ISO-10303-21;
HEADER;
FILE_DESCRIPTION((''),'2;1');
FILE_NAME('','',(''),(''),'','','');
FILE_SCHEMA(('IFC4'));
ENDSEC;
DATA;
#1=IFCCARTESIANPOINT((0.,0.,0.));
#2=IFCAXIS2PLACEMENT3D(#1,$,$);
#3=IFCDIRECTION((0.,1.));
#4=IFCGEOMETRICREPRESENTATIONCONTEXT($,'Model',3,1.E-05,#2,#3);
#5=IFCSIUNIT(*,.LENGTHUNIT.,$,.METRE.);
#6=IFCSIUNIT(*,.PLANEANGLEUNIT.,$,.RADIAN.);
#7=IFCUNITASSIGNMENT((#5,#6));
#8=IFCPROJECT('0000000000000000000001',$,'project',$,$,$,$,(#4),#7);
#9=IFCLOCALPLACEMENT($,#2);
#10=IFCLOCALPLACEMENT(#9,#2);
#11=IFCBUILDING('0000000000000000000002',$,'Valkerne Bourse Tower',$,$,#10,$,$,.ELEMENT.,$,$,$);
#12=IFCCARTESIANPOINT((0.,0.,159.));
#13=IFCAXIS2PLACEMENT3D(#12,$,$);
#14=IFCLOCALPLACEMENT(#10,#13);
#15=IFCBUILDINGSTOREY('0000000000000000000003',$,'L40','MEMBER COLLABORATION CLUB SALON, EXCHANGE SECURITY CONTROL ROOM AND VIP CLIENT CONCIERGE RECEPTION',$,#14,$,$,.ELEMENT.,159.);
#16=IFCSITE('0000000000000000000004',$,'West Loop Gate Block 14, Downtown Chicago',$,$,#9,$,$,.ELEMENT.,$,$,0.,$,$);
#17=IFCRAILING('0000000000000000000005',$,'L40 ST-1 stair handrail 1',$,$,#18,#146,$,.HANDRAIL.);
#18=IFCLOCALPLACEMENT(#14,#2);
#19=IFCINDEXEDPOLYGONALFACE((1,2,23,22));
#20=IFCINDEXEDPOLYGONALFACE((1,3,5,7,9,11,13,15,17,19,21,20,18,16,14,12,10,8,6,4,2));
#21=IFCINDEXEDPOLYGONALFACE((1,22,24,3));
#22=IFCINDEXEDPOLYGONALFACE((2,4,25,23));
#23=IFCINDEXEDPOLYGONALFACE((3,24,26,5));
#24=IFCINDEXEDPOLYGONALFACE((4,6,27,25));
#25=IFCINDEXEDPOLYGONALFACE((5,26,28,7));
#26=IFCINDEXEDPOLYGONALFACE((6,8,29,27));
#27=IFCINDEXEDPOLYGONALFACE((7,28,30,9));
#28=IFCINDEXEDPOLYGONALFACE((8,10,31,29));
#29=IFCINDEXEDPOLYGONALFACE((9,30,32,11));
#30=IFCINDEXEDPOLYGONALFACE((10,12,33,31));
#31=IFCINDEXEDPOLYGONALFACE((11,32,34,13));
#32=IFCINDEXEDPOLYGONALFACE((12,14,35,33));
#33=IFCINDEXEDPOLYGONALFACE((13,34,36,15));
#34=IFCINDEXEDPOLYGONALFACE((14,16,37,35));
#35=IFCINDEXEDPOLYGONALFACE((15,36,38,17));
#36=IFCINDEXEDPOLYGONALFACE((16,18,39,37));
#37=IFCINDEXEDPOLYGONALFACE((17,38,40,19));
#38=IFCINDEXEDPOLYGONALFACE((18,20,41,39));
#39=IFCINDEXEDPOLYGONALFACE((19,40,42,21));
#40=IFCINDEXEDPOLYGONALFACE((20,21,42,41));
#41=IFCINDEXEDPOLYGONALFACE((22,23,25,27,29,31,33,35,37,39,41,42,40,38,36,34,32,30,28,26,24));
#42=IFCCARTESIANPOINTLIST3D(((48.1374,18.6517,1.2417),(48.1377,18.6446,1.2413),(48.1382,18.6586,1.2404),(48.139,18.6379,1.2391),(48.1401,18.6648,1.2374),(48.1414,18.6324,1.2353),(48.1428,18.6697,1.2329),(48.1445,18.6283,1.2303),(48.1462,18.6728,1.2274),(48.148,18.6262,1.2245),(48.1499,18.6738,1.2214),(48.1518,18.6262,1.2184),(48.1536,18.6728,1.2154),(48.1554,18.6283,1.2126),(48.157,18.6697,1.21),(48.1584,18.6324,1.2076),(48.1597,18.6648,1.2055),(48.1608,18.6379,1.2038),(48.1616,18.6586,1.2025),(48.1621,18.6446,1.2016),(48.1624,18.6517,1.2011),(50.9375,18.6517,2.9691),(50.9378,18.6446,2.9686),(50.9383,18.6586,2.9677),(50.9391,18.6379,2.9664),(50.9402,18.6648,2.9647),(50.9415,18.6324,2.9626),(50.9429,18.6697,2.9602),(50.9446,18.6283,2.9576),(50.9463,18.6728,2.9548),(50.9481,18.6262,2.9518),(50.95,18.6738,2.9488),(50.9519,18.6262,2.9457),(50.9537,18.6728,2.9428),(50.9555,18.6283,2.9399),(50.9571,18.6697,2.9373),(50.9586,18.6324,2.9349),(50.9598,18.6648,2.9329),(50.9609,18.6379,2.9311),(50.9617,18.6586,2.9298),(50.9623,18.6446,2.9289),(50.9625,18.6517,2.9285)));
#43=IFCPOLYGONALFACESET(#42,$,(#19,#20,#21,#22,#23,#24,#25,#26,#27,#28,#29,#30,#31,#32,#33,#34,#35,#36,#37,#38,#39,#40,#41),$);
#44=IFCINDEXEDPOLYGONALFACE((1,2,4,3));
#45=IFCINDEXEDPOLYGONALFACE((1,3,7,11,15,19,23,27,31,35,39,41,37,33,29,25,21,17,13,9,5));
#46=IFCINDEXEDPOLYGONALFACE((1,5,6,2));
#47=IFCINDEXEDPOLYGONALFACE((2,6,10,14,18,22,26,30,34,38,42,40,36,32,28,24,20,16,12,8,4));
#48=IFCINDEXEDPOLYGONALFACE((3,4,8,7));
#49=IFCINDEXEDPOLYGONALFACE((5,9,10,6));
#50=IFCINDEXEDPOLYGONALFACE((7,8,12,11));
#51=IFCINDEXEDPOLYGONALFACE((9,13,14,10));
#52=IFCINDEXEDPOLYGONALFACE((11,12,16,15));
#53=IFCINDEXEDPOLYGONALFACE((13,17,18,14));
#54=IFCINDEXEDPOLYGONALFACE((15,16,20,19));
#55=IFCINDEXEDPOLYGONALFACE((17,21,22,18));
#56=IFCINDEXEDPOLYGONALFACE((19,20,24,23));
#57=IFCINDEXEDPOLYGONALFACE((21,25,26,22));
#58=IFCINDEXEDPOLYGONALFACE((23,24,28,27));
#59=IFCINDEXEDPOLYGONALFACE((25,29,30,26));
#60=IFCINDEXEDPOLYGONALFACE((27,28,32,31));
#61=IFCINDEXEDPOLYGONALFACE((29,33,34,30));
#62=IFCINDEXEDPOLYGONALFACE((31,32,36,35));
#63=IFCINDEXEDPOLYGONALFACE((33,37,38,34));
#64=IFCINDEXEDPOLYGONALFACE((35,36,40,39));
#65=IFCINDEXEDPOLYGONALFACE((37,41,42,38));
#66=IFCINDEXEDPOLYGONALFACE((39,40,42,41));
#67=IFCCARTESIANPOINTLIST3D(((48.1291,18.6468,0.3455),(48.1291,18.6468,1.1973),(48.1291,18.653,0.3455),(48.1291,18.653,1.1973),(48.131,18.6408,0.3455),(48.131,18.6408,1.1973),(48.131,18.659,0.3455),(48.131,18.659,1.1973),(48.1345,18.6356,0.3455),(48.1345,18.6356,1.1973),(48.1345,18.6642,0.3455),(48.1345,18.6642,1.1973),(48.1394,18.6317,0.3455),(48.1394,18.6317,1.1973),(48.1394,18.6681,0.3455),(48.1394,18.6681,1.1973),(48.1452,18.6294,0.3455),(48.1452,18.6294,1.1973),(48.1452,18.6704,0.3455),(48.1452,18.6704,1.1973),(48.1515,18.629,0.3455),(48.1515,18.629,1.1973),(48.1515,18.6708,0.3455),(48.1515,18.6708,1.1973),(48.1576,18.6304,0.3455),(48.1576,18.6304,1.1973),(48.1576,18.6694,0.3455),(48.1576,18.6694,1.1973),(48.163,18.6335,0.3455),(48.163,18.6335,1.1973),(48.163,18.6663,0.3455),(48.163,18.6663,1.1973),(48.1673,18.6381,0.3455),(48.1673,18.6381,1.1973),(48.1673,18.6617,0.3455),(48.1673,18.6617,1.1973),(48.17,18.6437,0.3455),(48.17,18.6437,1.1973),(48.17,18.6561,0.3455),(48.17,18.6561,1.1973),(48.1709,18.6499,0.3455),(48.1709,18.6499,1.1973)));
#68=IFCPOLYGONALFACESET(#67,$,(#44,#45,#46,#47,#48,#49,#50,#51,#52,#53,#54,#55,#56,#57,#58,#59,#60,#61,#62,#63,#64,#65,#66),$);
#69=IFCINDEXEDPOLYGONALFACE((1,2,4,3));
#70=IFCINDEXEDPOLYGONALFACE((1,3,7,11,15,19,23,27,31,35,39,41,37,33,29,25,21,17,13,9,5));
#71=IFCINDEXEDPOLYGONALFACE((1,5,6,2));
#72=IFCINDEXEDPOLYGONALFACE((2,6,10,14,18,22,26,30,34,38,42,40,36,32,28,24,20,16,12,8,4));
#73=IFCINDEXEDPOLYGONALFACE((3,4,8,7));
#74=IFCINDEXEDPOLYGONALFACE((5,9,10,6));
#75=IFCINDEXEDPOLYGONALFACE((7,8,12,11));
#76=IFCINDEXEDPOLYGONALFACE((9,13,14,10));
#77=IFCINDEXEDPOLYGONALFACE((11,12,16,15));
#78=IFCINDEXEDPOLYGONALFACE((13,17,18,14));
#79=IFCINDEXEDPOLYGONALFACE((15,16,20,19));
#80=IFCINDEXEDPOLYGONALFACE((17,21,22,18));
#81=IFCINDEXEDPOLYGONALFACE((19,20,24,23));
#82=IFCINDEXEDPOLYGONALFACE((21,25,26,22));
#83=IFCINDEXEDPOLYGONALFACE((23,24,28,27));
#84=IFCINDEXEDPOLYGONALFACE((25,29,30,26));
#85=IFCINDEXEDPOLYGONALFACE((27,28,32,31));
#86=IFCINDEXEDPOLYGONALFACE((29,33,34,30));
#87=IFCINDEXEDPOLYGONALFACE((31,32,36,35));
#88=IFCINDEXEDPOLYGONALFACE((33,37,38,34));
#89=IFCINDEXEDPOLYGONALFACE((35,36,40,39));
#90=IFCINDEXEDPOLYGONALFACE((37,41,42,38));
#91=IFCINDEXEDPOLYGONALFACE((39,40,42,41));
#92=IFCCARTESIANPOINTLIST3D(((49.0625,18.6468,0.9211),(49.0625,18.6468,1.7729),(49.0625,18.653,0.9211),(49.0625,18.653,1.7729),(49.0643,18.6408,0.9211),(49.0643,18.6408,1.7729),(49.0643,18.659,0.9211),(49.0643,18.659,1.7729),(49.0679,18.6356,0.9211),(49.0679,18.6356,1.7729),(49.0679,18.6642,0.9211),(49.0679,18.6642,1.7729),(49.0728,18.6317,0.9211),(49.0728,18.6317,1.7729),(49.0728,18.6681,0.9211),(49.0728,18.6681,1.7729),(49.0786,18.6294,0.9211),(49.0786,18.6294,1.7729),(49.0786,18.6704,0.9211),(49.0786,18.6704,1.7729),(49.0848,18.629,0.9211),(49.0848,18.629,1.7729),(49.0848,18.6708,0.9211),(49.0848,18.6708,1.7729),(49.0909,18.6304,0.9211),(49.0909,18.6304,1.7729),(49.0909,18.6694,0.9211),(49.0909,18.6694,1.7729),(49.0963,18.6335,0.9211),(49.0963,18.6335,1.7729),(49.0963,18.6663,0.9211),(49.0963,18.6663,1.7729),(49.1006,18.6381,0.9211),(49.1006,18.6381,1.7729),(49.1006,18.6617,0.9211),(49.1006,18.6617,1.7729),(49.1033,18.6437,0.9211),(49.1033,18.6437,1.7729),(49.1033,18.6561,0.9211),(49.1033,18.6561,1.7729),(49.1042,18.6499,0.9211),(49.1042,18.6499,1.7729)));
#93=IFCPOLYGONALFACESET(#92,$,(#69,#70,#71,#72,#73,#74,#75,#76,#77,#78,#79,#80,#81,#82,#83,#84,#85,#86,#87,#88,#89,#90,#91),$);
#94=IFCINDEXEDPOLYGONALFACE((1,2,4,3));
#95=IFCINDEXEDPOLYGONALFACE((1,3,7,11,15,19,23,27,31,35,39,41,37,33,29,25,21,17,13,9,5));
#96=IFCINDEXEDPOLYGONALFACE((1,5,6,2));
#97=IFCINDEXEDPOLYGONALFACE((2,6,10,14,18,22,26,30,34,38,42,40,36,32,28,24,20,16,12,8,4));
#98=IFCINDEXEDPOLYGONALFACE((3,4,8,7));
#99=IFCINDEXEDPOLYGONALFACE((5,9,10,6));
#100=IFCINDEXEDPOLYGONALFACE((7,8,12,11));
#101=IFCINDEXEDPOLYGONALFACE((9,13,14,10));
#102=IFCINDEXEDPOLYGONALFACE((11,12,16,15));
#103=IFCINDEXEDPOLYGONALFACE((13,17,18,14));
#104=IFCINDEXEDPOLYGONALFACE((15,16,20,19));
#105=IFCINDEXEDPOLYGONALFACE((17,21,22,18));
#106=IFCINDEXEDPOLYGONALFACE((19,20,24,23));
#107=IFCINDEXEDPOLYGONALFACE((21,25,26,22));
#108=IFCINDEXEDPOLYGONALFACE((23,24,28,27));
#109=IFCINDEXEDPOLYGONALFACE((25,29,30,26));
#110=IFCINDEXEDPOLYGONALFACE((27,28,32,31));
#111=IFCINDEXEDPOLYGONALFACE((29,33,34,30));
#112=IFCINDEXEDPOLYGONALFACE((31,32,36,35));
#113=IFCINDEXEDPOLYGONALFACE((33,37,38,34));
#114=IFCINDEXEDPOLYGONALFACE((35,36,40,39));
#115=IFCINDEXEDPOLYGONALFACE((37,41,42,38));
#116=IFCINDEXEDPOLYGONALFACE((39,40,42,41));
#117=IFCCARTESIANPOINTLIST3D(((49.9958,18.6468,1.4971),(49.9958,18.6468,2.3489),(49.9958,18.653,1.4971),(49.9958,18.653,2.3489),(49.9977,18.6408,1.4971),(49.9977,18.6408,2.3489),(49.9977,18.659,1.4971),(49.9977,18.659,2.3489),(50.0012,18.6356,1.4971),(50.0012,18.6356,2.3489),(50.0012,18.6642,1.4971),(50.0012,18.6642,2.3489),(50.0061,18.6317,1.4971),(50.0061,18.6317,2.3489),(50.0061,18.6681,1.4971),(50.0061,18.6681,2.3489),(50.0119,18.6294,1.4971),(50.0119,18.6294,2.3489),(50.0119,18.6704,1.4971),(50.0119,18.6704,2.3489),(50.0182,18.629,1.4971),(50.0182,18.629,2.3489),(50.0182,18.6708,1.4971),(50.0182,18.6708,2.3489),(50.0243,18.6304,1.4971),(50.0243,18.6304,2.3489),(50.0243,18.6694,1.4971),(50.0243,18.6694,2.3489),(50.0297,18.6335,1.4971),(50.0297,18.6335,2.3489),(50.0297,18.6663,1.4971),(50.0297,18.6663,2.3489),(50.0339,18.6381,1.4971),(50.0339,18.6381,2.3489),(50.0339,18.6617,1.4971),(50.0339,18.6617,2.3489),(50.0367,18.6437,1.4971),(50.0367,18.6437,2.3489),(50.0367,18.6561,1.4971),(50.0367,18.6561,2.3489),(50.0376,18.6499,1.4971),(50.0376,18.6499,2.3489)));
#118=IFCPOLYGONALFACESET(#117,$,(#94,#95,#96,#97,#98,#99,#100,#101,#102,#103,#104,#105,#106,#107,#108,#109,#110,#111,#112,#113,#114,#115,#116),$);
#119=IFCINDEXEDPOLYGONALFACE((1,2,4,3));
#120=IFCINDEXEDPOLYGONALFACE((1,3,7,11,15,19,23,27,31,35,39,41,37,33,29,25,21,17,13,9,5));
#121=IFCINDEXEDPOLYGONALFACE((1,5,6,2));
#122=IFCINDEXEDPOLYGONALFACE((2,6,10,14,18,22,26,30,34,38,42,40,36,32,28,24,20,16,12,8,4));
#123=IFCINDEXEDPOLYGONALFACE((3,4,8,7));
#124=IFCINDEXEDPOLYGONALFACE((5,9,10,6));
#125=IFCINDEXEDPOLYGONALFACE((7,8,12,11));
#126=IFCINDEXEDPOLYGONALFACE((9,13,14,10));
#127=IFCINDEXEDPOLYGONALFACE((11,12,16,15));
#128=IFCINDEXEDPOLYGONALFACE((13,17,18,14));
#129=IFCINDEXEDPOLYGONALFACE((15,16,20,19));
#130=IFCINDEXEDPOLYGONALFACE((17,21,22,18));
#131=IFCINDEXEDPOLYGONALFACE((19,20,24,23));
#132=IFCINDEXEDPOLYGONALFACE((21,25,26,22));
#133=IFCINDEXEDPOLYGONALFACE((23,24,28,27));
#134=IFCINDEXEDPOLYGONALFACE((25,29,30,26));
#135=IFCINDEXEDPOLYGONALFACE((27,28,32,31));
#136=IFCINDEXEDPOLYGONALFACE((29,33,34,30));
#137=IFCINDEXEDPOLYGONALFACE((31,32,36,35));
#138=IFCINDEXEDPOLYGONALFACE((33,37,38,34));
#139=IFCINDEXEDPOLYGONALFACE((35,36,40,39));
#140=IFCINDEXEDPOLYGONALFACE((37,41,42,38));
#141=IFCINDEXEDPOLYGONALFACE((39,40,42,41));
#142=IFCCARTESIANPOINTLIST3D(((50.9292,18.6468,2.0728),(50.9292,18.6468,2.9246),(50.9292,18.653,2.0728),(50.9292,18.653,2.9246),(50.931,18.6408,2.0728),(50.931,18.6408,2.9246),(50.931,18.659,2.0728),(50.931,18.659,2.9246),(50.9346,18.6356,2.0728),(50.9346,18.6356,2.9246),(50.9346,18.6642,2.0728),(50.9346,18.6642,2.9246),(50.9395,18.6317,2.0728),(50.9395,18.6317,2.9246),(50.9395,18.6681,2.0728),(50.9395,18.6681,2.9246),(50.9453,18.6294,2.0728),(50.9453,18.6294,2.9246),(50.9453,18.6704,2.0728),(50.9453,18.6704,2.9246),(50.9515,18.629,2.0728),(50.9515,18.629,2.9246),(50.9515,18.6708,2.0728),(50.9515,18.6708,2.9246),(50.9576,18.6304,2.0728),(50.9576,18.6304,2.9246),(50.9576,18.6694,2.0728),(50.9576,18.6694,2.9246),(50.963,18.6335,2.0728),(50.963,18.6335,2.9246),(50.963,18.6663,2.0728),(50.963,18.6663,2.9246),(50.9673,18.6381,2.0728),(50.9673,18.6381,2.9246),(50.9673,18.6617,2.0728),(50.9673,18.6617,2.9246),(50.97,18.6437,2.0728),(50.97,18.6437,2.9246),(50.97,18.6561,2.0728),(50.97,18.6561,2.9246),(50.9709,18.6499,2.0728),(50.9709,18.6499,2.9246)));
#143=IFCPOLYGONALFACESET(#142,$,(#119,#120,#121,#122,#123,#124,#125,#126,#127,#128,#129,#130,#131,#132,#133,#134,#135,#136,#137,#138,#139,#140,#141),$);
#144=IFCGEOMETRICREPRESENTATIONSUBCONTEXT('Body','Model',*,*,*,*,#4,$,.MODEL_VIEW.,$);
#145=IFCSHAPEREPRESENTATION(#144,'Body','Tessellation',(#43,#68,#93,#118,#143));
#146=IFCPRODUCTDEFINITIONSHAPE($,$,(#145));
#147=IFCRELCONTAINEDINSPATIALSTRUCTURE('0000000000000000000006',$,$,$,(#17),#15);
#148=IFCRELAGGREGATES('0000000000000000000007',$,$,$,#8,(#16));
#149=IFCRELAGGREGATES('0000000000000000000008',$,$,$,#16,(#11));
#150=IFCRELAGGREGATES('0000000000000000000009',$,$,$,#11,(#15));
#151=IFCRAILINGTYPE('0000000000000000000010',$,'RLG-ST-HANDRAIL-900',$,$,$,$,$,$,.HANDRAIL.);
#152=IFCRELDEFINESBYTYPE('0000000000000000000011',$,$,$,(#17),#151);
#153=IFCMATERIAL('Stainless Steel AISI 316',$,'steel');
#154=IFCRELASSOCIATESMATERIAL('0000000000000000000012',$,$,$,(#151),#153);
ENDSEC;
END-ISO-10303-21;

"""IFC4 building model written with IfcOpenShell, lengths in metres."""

from ifc_helpers import new_model, si_unit, direction, frame, origin, origin_2d, place, context, subcontext, project, spatial, circle, extrude, material, type_object, element, save


model = new_model("IFC4")

# Units and contexts
model_context = context("Model", 3, precision=1e-05, world=origin(), true_north=direction((0.0, 1.0)))
body_context = subcontext(model_context, "Body", "Model", "MODEL_VIEW")
ifc_project = project(units=[si_unit("LENGTHUNIT", "METRE"), si_unit("PLANEANGLEUNIT", "RADIAN")], contexts=[model_context])

# Site, building, storey
site_placement = place(None, origin())
site = spatial("IfcSite", under=ifc_project, at=site_placement, Name="West Loop Gate Block 14, Downtown Chicago", CompositionType="ELEMENT", RefElevation=0.0)
building_placement = place(site_placement, origin())
building = spatial("IfcBuilding", under=site, at=building_placement, Name="Valkerne Bourse Tower", CompositionType="ELEMENT")
storey_placement = place(building_placement, frame((0.0, 0.0, 159.0)))
storey = spatial("IfcBuildingStorey", under=building, at=storey_placement, Name="L40", Description="MEMBER COLLABORATION CLUB SALON, EXCHANGE SECURITY CONTROL ROOM AND VIP CLIENT CONCIERGE RECEPTION", CompositionType="ELEMENT", Elevation=159.0)

# Shared definitions
ifc_material_1 = material(Name="Stainless Steel AISI 316", Category="steel")

# Railing
railing_type_1 = type_object("IfcRailingType", Name="RLG-ST-HANDRAIL-900", PredefinedType="HANDRAIL", material=ifc_material_1)
railing_1_placement = place(storey_placement, frame((48.1499, 18.6499, 0.3455)))
element("IfcRailing", 1, at=railing_1_placement, inside=storey, type_object=railing_type_1, Name="L40 ST-1 stair handrail 1", PredefinedType="HANDRAIL", context=body_context, shape_type="SweptSolid", body=[
    extrude(circle(Radius=0.0239, at=origin_2d()), frame((0.0, 0.0, 0.876), z_axis=(0.85109, 0.0, 0.52502), x_axis=(0.0, 1.0, 0.0)), (0.0, 0.0, 1.0), 3.29),
    extrude(circle(Radius=0.021, at=origin_2d()), origin(), (0.0, 0.0, 1.0), 0.8518),
    extrude(circle(Radius=0.021, at=origin_2d()), frame((0.9333, 0.0, 0.5757)), (0.0, 0.0, 1.0), 0.8518),
    extrude(circle(Radius=0.021, at=origin_2d()), frame((1.8667, 0.0, 1.1516)), (0.0, 0.0, 1.0), 0.8518),
    extrude(circle(Radius=0.021, at=origin_2d()), frame((2.8, 0.0, 1.7273)), (0.0, 0.0, 1.0), 0.8518),
])

save(model, "model.ifc")
